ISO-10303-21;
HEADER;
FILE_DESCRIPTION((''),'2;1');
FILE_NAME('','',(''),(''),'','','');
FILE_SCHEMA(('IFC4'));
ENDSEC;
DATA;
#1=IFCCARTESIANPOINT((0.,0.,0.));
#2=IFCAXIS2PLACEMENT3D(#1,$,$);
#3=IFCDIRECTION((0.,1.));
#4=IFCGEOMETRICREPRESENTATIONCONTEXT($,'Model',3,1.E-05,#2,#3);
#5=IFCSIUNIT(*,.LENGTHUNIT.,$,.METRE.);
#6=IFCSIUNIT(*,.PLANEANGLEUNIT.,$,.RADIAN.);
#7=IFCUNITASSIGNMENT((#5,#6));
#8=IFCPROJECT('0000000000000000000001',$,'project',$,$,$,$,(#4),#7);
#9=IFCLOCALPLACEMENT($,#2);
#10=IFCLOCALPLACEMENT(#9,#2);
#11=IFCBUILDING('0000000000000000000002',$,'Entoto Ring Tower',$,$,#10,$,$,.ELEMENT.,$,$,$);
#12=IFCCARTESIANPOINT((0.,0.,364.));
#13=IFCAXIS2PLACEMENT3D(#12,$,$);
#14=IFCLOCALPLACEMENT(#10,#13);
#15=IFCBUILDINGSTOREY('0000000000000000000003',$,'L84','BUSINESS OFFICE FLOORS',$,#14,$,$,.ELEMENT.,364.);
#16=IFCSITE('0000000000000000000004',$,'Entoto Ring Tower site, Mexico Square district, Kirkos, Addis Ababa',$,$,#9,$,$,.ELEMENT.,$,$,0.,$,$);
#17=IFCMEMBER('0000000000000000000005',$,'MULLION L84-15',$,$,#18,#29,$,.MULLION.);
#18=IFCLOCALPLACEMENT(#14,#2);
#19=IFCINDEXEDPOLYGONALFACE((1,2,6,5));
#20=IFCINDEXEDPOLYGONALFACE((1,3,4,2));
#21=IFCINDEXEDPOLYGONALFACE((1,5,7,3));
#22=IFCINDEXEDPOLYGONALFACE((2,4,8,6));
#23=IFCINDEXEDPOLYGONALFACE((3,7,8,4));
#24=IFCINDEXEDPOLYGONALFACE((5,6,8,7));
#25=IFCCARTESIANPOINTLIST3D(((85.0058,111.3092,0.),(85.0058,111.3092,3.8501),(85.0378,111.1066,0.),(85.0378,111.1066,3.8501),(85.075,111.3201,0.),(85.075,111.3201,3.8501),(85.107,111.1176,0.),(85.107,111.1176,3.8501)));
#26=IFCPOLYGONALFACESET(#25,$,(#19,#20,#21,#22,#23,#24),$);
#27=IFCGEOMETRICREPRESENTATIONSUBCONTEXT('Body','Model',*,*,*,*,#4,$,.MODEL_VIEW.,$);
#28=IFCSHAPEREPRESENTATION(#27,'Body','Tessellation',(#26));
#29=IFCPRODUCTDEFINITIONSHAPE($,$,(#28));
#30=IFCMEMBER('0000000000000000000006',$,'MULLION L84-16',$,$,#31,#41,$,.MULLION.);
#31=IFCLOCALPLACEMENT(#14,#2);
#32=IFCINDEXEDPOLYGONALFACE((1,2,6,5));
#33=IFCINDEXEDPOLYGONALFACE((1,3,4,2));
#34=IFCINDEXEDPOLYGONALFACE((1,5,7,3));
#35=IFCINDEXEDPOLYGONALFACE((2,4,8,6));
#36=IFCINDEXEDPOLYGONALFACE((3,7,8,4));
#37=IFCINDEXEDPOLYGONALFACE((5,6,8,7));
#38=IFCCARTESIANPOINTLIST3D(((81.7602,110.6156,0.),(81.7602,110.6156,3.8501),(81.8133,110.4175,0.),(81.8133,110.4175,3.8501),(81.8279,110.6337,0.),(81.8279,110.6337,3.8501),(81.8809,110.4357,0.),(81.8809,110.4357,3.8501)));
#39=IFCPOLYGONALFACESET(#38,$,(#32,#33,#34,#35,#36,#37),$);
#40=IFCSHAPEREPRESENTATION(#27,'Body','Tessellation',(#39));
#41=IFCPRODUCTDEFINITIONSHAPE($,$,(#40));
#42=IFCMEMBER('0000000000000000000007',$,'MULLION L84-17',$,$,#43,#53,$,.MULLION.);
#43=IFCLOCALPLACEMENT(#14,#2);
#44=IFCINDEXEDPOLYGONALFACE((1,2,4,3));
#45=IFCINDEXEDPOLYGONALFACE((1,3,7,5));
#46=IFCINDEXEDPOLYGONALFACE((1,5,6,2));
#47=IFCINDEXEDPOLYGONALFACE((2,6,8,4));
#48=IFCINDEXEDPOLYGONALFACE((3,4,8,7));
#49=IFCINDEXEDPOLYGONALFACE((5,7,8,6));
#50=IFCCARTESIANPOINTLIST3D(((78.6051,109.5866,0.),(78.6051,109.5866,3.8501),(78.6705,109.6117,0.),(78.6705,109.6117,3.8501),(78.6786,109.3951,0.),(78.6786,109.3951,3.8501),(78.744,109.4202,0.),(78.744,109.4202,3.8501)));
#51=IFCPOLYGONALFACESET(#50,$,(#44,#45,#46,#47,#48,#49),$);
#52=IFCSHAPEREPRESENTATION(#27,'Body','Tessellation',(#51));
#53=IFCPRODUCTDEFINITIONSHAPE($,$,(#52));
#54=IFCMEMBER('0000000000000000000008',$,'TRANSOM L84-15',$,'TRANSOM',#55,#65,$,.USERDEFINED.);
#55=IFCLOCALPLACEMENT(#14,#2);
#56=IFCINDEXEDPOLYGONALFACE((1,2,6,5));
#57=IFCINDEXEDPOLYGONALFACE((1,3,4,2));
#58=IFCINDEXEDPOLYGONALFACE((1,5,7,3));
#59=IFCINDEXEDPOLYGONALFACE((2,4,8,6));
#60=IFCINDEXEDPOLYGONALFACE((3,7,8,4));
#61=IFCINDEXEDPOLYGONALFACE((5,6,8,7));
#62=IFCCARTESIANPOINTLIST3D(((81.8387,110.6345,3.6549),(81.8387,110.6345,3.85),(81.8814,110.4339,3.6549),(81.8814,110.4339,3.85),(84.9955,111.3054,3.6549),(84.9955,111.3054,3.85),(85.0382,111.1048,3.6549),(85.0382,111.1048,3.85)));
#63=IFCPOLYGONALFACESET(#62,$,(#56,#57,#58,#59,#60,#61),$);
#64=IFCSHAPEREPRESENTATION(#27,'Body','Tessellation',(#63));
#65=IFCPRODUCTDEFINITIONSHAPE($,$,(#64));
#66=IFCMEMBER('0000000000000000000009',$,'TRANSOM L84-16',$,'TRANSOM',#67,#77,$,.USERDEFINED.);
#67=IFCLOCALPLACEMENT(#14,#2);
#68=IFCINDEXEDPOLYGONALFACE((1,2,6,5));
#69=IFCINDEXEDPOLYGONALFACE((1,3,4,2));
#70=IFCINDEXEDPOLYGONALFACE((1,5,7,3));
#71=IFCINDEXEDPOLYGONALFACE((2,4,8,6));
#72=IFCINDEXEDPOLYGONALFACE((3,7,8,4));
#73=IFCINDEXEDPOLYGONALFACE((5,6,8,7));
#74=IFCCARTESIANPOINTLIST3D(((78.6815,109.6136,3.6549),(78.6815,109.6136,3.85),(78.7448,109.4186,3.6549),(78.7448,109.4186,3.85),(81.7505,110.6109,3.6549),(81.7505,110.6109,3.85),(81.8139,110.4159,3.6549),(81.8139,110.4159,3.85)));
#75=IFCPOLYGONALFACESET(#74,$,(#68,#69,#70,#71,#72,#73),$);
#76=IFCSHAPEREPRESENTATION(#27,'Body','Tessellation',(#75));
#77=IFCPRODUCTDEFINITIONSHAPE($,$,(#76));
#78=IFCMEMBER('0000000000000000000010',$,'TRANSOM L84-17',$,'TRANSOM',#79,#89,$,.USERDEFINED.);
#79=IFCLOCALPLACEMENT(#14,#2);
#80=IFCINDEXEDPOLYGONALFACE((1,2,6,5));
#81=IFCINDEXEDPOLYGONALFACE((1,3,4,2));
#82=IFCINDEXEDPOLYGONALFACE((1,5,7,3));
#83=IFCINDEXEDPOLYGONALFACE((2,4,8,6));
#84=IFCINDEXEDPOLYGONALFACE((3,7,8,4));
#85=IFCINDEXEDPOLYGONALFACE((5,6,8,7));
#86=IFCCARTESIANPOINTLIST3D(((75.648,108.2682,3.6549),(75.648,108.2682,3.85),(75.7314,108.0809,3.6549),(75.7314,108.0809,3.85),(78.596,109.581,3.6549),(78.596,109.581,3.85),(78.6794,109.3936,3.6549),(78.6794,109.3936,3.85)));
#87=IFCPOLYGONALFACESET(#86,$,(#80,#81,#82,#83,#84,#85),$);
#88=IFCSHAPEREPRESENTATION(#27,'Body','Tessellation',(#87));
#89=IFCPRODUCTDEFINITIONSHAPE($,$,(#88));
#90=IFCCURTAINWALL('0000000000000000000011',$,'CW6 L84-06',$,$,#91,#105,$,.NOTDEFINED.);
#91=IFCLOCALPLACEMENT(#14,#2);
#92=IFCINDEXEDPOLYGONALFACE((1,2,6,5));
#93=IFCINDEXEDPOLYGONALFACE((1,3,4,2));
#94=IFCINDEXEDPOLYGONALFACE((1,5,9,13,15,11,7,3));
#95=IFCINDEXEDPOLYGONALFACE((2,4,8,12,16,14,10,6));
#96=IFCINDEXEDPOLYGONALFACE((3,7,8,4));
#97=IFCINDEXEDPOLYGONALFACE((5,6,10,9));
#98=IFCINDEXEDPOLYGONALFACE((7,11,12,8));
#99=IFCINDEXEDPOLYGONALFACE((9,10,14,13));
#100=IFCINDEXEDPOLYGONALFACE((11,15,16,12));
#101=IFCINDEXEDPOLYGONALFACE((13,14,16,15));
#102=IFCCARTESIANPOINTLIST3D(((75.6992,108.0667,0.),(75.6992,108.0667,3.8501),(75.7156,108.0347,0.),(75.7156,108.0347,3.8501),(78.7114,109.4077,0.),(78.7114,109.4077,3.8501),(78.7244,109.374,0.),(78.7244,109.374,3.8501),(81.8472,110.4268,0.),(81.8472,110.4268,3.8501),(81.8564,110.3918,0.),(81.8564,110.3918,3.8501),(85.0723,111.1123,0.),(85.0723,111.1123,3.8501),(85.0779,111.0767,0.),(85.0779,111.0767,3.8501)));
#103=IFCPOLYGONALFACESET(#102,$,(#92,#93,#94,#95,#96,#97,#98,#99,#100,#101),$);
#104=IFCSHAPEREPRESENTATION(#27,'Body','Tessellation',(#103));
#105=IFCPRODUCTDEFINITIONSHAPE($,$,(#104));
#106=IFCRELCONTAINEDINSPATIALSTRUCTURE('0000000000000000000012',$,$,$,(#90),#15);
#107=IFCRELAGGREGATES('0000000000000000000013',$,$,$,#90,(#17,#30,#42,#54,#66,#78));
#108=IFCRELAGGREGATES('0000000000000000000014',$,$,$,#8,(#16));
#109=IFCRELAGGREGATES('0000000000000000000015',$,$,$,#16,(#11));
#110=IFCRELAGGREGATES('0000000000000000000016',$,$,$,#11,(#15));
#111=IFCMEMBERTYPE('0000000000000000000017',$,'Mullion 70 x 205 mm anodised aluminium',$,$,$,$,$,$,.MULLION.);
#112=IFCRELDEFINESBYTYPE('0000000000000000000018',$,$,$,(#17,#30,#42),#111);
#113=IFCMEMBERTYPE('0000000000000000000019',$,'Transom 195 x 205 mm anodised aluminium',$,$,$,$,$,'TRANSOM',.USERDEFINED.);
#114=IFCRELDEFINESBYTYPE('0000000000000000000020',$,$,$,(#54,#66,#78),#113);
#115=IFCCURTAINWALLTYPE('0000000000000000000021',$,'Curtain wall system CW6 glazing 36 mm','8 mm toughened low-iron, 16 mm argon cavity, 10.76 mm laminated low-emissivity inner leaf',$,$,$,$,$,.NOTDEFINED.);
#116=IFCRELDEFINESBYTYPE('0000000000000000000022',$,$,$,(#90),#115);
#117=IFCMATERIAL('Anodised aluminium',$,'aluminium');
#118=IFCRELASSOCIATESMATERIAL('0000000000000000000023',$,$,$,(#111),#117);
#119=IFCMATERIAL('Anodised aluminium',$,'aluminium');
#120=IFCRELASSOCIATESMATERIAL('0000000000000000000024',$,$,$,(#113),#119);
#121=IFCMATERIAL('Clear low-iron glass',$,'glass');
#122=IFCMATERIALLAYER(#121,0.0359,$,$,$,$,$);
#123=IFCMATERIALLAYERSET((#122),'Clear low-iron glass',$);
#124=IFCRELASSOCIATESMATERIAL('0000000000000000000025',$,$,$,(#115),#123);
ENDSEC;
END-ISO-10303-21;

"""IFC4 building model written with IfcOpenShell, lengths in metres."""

from ifc_helpers import new_model, si_unit, direction, frame, origin, origin_2d, place, context, subcontext, project, spatial, polyline, rectangle, outline, extrude, material, layer, layer_set, material_profile, profile_set, type_object, element, aggregate, save


model = new_model("IFC4")

# Units and contexts
model_context = context("Model", 3, precision=1e-05, world=origin(), true_north=direction((0.0, 1.0)))
body_context = subcontext(model_context, "Body", "Model", "MODEL_VIEW")
ifc_project = project(units=[si_unit("LENGTHUNIT", "METRE"), si_unit("PLANEANGLEUNIT", "RADIAN")], contexts=[model_context])

# Members
ifc_material_1 = material(Name="Anodised aluminium", Category="aluminium")
ifc_material_profile_1 = material_profile(ifc_material_1, rectangle(XDim=0.0701, YDim=0.2051, at=origin_2d()), Name="Mullion 70 x 205 mm anodised aluminium")
ifc_profile_set_1 = profile_set([ifc_material_profile_1], Name="Anodised aluminium")
member_type_1 = type_object("IfcMemberType", Name="Mullion 70 x 205 mm anodised aluminium", PredefinedType="MULLION", material=ifc_profile_set_1)
site_placement = place(None, origin())
building_placement = place(site_placement, origin())
storey_placement = place(building_placement, frame((0.0, 0.0, 364.0)))
member_1_placement = place(storey_placement, frame((85.0564, 111.2134, 0.0), z_axis=(0.0, 0.0, 1.0), x_axis=(-0.987688, -0.156434, 0.0)))
member_1 = element("IfcMember", 1, at=member_1_placement, type_object=member_type_1, Name="MULLION L84-15", PredefinedType="MULLION", context=body_context, shape_type="SweptSolid", body=[
    extrude(rectangle(XDim=0.0701, YDim=0.2051, at=origin_2d()), origin(), (0.0, 0.0, 1.0), 3.8501),
])
member_2_placement = place(storey_placement, frame((81.8206, 110.5256, 0.0), z_axis=(0.0, 0.0, 1.0), x_axis=(-0.965926, -0.258819, 0.0)))
member_2 = element("IfcMember", 2, at=member_2_placement, type_object=member_type_1, Name="MULLION L84-16", PredefinedType="MULLION", context=body_context, shape_type="SweptSolid", body=[
    extrude(rectangle(XDim=0.0701, YDim=0.2051, at=origin_2d()), origin(), (0.0, 0.0, 1.0), 3.8501),
])
member_3_placement = place(storey_placement, frame((78.6746, 109.5034, 0.0), z_axis=(0.0, 0.0, 1.0), x_axis=(-0.93358, -0.358368, 0.0)))
member_3 = element("IfcMember", 3, at=member_3_placement, type_object=member_type_1, Name="MULLION L84-17", PredefinedType="MULLION", context=body_context, shape_type="SweptSolid", body=[
    extrude(rectangle(XDim=0.0701, YDim=0.2051, at=origin_2d()), origin(), (0.0, 0.0, 1.0), 3.8501),
])
ifc_material_2 = material(Name="Anodised aluminium", Category="aluminium")
ifc_material_profile_2 = material_profile(ifc_material_2, rectangle(XDim=0.2051, YDim=0.1951, at=origin_2d()), Name="Transom 195 x 205 mm anodised aluminium")
ifc_profile_set_2 = profile_set([ifc_material_profile_2], Name="Anodised aluminium")
member_type_2 = type_object("IfcMemberType", Name="Transom 195 x 205 mm anodised aluminium", ElementType="TRANSOM", PredefinedType="USERDEFINED", material=ifc_profile_set_2)
member_4_placement = place(storey_placement, frame((85.0168, 111.2051, 3.7524), z_axis=(-0.978153, -0.207886, 0.0), x_axis=(0.207886, -0.978153, 0.0)))
member_4 = element("IfcMember", 4, at=member_4_placement, type_object=member_type_2, Name="TRANSOM L84-15", ObjectType="TRANSOM", PredefinedType="USERDEFINED", context=body_context, shape_type="SweptSolid", body=[
    extrude(rectangle(XDim=0.2051, YDim=0.1951, at=origin_2d()), origin(), (0.0, 0.0, 1.0), 3.2273),
])
member_5_placement = place(storey_placement, frame((81.7822, 110.5134, 3.7524), z_axis=(-0.951047, -0.309047, 0.0), x_axis=(0.309047, -0.951047, 0.0)))
member_5 = element("IfcMember", 5, at=member_5_placement, type_object=member_type_2, Name="TRANSOM L84-16", ObjectType="TRANSOM", PredefinedType="USERDEFINED", context=body_context, shape_type="SweptSolid", body=[
    extrude(rectangle(XDim=0.2051, YDim=0.1951, at=origin_2d()), origin(), (0.0, 0.0, 1.0), 3.2271),
])
member_6_placement = place(storey_placement, frame((78.6377, 109.4873, 3.7524), z_axis=(-0.913521, -0.406791, 0.0), x_axis=(0.406791, -0.913521, 0.0)))
member_6 = element("IfcMember", 6, at=member_6_placement, type_object=member_type_2, Name="TRANSOM L84-17", ObjectType="TRANSOM", PredefinedType="USERDEFINED", context=body_context, shape_type="SweptSolid", body=[
    extrude(rectangle(XDim=0.2051, YDim=0.1951, at=origin_2d()), origin(), (0.0, 0.0, 1.0), 3.2271),
])

# Site, building, storey
site = spatial("IfcSite", under=ifc_project, at=site_placement, Name="Entoto Ring Tower site, Mexico Square district, Kirkos, Addis Ababa", CompositionType="ELEMENT", RefElevation=0.0)
building = spatial("IfcBuilding", under=site, at=building_placement, Name="Entoto Ring Tower", CompositionType="ELEMENT")
storey = spatial("IfcBuildingStorey", under=building, at=storey_placement, Name="L84", Description="BUSINESS OFFICE FLOORS", CompositionType="ELEMENT", Elevation=364.0)

# Curtain wall
ifc_material_3 = material(Name="Clear low-iron glass", Category="glass")
ifc_layer = layer(ifc_material_3, 0.0359)
ifc_layer_set = layer_set([ifc_layer], Name="Clear low-iron glass")
curtain_wall_type = type_object("IfcCurtainWallType", Name="Curtain wall system CW6 glazing 36 mm", Description="8 mm toughened low-iron, 16 mm argon cavity, 10.76 mm laminated low-emissivity inner leaf", PredefinedType="NOTDEFINED", material=ifc_layer_set)
curtain_wall_1_placement = place(storey_placement, origin())
curtain_wall_1 = element("IfcCurtainWall", 7, at=curtain_wall_1_placement, inside=storey, type_object=curtain_wall_type, Name="CW6 L84-06", PredefinedType="NOTDEFINED", context=body_context, shape_type="SweptSolid", body=[
    extrude(outline(polyline([(85.0723, 111.1123), (81.8472, 110.4268), (78.7114, 109.4077), (75.6992, 108.0667), (75.7156, 108.0347), (78.7244, 109.374), (81.8564, 110.3918), (85.0779, 111.0767), (85.0723, 111.1123)])), origin(), (0.0, 0.0, 1.0), 3.8501),
])
aggregate(curtain_wall_1, [member_1, member_2, member_3, member_4, member_5, member_6])

save(model, "model.ifc")
